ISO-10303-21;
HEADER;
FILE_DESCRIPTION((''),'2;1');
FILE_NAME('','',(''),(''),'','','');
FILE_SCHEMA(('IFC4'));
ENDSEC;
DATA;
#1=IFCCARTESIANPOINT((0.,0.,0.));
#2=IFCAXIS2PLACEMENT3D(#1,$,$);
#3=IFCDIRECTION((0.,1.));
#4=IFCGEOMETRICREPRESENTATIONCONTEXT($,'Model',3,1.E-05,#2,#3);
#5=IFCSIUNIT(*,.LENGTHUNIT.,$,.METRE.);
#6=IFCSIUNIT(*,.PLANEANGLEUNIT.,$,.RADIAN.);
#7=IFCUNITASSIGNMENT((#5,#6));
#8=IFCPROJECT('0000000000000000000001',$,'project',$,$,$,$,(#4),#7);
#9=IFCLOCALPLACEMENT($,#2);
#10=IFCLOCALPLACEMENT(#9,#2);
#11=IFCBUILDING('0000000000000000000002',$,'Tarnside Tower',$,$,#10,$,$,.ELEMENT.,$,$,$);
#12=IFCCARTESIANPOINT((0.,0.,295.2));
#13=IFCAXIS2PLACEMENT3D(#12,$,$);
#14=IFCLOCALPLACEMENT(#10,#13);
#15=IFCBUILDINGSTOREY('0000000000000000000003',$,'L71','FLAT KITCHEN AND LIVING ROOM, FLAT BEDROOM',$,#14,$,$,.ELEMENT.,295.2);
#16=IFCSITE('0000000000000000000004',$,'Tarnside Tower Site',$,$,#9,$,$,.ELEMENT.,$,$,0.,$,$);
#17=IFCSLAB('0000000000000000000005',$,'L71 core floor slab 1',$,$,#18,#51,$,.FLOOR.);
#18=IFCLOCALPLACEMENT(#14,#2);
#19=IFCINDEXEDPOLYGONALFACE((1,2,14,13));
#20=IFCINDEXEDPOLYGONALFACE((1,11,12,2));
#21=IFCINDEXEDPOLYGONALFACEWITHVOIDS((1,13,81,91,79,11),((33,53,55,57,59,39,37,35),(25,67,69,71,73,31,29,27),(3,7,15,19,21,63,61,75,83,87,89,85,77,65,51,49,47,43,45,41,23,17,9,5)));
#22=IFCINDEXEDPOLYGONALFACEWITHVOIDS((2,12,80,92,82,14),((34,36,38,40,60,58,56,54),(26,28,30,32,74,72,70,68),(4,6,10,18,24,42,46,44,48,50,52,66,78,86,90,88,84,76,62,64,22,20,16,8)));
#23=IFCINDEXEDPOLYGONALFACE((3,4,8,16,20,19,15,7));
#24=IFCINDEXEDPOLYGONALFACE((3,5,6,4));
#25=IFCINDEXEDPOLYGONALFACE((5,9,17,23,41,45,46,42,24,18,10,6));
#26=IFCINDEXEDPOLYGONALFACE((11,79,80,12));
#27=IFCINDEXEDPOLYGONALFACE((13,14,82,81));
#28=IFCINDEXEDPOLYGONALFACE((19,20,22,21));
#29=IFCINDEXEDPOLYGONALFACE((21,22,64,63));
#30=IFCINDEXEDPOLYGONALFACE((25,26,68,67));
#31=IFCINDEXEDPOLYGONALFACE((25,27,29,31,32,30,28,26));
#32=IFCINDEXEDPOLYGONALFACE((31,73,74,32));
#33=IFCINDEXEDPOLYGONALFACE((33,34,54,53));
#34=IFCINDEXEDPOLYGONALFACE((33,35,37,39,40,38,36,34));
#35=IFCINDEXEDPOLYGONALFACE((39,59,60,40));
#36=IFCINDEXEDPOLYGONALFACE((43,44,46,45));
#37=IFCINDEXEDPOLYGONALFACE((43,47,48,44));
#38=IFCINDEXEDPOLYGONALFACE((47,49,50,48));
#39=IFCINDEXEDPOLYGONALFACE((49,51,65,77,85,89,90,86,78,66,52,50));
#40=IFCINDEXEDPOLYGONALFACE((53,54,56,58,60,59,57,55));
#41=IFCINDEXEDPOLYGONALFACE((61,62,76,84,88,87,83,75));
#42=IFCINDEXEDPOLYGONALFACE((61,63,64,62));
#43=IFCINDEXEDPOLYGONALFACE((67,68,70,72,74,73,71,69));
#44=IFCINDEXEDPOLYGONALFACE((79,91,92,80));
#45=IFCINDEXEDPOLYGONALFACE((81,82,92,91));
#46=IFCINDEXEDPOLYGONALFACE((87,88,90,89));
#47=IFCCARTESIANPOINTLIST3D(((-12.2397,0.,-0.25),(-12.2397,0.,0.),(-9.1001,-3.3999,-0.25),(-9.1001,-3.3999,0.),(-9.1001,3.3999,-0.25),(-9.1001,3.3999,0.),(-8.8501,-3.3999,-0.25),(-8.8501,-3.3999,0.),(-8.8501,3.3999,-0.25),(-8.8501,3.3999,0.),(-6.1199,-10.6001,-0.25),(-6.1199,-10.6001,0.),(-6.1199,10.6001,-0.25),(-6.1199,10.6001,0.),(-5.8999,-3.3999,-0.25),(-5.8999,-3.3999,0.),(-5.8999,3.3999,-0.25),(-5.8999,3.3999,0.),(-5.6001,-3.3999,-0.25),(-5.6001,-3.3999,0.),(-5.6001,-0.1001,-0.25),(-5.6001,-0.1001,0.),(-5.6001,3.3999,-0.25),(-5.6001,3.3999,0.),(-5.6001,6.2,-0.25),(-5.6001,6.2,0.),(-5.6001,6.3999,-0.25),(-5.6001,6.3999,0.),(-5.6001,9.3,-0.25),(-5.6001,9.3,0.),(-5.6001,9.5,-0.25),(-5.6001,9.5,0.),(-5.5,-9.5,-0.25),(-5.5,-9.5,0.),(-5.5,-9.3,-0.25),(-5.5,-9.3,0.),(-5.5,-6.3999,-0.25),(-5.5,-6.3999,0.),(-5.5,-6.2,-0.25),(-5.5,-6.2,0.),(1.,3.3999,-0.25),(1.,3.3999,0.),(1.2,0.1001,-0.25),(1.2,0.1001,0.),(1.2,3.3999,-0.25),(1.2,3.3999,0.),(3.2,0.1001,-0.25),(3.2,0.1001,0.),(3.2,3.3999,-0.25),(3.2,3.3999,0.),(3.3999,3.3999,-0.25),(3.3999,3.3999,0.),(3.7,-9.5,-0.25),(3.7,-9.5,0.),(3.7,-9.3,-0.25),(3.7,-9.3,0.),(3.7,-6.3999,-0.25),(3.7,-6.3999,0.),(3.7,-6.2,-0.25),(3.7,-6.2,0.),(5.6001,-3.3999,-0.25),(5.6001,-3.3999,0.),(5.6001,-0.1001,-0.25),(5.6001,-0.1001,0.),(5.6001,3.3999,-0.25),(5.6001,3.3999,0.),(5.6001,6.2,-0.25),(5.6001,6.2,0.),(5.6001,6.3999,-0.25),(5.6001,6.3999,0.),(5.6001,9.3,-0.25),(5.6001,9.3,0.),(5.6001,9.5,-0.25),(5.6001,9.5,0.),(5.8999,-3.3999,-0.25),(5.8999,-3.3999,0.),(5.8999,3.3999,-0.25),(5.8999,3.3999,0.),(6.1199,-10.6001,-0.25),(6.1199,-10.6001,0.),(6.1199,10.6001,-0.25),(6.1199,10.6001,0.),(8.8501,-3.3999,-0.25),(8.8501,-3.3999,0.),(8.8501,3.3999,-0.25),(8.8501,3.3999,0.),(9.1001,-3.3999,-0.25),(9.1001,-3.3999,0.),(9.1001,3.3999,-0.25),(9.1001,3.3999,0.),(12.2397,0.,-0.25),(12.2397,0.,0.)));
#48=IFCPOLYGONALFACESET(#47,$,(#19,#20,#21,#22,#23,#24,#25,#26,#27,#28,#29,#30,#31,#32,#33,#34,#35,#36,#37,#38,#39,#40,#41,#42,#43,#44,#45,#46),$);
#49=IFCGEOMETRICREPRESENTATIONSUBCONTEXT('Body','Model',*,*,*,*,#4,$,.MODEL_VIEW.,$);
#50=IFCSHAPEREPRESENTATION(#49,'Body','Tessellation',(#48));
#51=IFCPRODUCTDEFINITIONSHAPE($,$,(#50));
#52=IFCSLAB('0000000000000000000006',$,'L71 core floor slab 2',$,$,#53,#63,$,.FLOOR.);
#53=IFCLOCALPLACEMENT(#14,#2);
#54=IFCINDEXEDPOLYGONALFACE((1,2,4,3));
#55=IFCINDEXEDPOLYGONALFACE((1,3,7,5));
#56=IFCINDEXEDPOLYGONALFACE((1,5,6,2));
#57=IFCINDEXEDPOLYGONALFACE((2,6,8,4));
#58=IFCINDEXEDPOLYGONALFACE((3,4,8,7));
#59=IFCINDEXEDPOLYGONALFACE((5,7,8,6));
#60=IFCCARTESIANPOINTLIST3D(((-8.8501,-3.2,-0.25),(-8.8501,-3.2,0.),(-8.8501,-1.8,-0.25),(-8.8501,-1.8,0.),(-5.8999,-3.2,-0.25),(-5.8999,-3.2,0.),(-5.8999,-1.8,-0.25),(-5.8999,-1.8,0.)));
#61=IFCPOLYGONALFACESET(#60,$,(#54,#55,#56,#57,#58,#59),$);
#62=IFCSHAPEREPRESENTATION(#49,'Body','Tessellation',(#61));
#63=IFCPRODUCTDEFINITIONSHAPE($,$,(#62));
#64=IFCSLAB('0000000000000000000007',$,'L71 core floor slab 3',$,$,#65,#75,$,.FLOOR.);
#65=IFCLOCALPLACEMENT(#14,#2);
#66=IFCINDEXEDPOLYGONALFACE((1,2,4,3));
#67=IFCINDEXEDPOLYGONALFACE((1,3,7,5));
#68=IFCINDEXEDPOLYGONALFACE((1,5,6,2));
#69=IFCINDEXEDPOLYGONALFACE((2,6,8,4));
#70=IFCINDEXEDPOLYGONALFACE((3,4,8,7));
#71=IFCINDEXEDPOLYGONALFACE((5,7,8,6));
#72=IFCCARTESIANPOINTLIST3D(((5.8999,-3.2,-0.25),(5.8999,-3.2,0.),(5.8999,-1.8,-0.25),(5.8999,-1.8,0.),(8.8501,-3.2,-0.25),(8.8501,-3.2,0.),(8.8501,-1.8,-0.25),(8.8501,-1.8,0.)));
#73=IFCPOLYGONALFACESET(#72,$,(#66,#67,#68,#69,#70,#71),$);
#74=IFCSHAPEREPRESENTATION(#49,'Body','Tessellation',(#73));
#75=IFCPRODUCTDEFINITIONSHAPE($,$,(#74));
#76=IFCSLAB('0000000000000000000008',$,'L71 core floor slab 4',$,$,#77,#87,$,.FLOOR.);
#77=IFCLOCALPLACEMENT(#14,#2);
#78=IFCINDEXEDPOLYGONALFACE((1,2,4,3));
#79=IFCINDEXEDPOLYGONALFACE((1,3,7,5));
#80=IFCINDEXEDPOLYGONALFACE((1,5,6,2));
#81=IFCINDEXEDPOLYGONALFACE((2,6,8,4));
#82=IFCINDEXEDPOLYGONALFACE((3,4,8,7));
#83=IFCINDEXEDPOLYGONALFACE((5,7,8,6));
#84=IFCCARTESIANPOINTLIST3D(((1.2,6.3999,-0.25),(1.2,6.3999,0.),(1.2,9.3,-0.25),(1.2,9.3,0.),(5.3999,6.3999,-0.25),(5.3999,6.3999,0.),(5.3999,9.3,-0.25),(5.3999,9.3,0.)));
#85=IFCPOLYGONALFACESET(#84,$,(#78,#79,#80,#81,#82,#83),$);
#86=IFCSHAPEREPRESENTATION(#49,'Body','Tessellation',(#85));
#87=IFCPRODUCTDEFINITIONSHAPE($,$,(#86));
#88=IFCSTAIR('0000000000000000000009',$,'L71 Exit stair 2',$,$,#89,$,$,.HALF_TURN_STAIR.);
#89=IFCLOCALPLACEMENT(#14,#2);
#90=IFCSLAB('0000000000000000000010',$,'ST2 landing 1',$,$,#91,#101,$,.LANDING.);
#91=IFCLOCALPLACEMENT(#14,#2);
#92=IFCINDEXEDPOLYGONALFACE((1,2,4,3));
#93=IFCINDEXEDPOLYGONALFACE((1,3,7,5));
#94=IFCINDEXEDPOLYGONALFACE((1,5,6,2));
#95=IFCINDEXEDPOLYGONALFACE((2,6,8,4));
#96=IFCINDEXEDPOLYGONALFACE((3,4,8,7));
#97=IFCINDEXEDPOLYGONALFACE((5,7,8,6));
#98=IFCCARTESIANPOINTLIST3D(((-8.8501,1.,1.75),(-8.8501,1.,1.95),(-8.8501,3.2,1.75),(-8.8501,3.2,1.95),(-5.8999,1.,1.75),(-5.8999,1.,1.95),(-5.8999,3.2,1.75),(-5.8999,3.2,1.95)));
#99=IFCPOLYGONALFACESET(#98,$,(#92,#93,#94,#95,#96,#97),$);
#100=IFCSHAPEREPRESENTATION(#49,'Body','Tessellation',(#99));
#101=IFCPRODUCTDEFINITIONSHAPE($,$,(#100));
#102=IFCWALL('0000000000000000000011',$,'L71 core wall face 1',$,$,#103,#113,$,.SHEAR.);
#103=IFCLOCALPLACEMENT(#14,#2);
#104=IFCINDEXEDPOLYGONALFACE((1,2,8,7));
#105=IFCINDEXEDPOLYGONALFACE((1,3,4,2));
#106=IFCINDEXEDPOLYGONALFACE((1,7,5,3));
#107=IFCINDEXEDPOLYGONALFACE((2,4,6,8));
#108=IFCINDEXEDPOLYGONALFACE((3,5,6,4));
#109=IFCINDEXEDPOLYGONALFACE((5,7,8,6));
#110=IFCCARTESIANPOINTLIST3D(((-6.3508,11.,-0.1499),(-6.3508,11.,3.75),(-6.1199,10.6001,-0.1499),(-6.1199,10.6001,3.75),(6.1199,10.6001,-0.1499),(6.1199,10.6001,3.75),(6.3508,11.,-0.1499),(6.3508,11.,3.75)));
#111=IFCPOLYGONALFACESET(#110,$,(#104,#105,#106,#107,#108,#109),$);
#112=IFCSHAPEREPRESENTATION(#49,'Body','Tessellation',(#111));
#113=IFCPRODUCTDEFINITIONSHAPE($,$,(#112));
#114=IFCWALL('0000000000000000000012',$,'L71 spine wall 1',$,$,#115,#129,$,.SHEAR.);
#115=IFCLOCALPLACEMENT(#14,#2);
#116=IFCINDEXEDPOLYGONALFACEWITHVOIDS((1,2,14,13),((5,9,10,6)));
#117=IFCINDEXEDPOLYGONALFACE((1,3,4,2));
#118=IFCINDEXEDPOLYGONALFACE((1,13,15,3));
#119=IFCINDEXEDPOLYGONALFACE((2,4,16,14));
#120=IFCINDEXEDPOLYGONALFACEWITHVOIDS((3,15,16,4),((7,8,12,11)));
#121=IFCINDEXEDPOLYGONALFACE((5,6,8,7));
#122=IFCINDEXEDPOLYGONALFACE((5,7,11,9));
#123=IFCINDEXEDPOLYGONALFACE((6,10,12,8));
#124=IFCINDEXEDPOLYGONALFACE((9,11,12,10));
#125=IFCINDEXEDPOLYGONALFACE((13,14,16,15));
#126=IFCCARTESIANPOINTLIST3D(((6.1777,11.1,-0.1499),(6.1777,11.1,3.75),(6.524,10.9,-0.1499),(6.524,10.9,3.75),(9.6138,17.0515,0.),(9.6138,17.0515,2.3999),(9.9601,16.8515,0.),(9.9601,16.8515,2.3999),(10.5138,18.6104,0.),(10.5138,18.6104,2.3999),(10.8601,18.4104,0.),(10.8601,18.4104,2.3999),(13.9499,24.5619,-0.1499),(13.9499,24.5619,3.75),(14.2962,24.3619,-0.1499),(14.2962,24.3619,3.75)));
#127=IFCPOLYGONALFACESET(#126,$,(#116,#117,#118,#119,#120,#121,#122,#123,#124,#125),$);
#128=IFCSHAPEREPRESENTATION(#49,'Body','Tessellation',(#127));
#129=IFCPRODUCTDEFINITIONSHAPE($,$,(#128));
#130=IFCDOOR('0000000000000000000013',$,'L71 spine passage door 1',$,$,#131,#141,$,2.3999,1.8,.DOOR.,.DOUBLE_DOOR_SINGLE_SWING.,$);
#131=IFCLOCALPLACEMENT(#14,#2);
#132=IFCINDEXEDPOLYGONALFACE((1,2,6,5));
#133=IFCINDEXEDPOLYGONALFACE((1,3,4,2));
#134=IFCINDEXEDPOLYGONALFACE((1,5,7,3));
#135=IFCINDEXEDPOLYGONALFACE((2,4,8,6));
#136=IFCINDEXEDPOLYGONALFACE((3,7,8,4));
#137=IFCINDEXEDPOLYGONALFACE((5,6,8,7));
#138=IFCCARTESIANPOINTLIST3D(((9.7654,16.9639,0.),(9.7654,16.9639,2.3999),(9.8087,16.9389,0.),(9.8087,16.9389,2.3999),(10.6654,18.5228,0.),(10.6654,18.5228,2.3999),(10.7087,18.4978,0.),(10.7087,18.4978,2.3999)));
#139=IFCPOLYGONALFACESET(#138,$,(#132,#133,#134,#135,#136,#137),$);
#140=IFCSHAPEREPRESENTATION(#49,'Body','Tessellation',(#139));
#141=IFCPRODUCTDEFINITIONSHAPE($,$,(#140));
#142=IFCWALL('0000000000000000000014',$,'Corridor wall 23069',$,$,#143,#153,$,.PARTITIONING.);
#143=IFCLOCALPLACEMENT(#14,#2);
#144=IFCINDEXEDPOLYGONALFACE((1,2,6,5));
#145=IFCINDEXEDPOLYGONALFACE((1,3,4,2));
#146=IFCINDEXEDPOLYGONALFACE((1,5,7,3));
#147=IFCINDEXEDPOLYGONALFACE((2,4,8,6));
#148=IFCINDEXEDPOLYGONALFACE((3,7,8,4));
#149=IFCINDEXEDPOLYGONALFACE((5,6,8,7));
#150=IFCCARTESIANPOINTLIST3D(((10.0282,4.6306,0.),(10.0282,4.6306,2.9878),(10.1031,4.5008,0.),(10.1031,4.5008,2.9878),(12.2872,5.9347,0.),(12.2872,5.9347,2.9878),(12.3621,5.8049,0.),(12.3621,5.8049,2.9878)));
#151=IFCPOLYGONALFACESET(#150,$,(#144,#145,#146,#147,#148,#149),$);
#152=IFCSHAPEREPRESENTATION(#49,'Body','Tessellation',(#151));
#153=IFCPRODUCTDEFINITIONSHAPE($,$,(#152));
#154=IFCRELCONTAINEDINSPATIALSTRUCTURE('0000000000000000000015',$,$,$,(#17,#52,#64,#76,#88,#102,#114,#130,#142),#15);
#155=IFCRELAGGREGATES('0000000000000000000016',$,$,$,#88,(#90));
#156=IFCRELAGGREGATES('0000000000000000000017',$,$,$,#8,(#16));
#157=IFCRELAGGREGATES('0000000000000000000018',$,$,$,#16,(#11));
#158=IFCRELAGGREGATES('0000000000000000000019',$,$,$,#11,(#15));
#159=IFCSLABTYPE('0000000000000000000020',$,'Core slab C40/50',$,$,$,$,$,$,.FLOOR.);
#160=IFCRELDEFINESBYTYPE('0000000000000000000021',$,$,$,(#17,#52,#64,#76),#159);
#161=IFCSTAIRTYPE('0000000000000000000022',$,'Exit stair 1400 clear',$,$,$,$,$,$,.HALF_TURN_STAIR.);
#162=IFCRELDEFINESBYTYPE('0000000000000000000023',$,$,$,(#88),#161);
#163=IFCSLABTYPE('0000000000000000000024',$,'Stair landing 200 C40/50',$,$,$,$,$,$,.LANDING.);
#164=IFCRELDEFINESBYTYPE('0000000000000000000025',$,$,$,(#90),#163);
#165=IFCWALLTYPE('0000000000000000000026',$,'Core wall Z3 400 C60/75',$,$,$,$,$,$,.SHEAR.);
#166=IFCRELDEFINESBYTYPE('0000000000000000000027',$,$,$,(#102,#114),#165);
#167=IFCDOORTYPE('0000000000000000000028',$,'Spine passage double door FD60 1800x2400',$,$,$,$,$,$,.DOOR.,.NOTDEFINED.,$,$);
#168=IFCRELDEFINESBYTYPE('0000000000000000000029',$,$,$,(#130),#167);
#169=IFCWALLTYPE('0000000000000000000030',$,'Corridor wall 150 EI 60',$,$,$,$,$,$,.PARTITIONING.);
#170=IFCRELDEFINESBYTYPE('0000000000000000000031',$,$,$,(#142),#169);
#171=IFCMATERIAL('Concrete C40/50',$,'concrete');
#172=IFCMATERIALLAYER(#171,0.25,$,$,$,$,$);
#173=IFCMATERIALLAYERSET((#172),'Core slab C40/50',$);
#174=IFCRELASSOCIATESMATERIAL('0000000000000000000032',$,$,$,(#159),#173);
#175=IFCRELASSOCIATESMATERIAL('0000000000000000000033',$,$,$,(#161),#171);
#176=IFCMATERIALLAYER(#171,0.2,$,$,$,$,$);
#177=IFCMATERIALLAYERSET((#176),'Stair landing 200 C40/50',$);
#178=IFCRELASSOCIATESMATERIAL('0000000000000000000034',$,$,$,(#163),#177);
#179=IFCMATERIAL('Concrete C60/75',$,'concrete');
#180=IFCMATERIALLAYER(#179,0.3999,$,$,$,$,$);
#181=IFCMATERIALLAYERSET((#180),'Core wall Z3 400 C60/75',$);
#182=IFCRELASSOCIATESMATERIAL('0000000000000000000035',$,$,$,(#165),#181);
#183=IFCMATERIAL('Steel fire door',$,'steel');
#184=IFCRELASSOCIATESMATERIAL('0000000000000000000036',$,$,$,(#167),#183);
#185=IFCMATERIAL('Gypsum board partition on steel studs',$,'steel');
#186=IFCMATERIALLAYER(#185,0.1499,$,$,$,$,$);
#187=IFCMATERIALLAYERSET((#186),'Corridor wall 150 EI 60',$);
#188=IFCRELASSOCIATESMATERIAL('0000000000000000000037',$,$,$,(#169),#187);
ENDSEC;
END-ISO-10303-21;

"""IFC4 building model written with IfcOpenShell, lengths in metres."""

from ifc_helpers import new_model, si_unit, direction, frame, frame_2d, origin, place, context, subcontext, project, spatial, polyline, rectangle, outline, extrude, material, layer, layer_set, type_object, element, fill, aggregate, save


model = new_model("IFC4")

# Units and contexts
model_context = context("Model", 3, precision=1e-05, world=origin(), true_north=direction((0.0, 1.0)))
body_context = subcontext(model_context, "Body", "Model", "MODEL_VIEW")
ifc_project = project(units=[si_unit("LENGTHUNIT", "METRE"), si_unit("PLANEANGLEUNIT", "RADIAN")], contexts=[model_context])

# Site, building, storey
site_placement = place(None, origin())
site = spatial("IfcSite", under=ifc_project, at=site_placement, Name="Tarnside Tower Site", CompositionType="ELEMENT", RefElevation=0.0)
building_placement = place(site_placement, origin())
building = spatial("IfcBuilding", under=site, at=building_placement, Name="Tarnside Tower", CompositionType="ELEMENT")
storey_placement = place(building_placement, frame((0.0, 0.0, 295.2)))
storey = spatial("IfcBuildingStorey", under=building, at=storey_placement, Name="L71", Description="FLAT KITCHEN AND LIVING ROOM, FLAT BEDROOM", CompositionType="ELEMENT", Elevation=295.2)

# Slabs
ifc_material_1 = material(Name="Concrete C40/50", Category="concrete")
ifc_layer_1 = layer(ifc_material_1, 0.25)
ifc_layer_set_1 = layer_set([ifc_layer_1], Name="Core slab C40/50")
slab_type_1 = type_object("IfcSlabType", Name="Core slab C40/50", PredefinedType="FLOOR", material=ifc_layer_set_1)
slab_1_placement = place(storey_placement, frame((0.0, 0.0, -0.25)))
element("IfcSlab", 1, at=slab_1_placement, inside=storey, type_object=slab_type_1, Name="L71 core floor slab 1", PredefinedType="FLOOR", context=body_context, shape_type="SweptSolid", body=[
    extrude(outline(polyline([(6.1199, 10.6001), (12.2397, 0.0), (6.1199, -10.6001), (-6.1199, -10.6001), (-12.2397, 0.0), (-6.1199, 10.6001), (6.1199, 10.6001)]), holes=[polyline([(-5.5, -9.5), (3.7, -9.5), (3.7, -9.3), (3.7, -6.3999), (3.7, -6.2), (-5.5, -6.2), (-5.5, -6.3999), (-5.5, -9.3), (-5.5, -9.5)]), polyline([(-5.6001, -3.3999), (-5.6001, -0.1001), (5.6001, -0.1001), (5.6001, -3.3999), (5.8999, -3.3999), (8.8501, -3.3999), (9.1001, -3.3999), (9.1001, 3.3999), (8.8501, 3.3999), (5.8999, 3.3999), (5.6001, 3.3999), (3.3999, 3.3999), (3.2, 3.3999), (3.2, 0.1001), (1.2, 0.1001), (1.2, 3.3999), (1.0, 3.3999), (-5.6001, 3.3999), (-5.8999, 3.3999), (-8.8501, 3.3999), (-9.1001, 3.3999), (-9.1001, -3.3999), (-8.8501, -3.3999), (-5.8999, -3.3999), (-5.6001, -3.3999)]), polyline([(-5.6001, 6.2), (5.6001, 6.2), (5.6001, 6.3999), (5.6001, 9.3), (5.6001, 9.5), (-5.6001, 9.5), (-5.6001, 9.3), (-5.6001, 6.3999), (-5.6001, 6.2)])]), origin(), (0.0, 0.0, 1.0), 0.25),
])
slab_2_placement = place(storey_placement, frame((0.0, 0.0, -0.25)))
element("IfcSlab", 2, at=slab_2_placement, inside=storey, type_object=slab_type_1, Name="L71 core floor slab 2", PredefinedType="FLOOR", context=body_context, shape_type="SweptSolid", body=[
    extrude(outline(polyline([(-8.8501, -3.2), (-8.8501, -1.8), (-5.8999, -1.8), (-5.8999, -3.2), (-8.8501, -3.2)])), origin(), (0.0, 0.0, 1.0), 0.25),
])
slab_3_placement = place(storey_placement, frame((0.0, 0.0, -0.25)))
element("IfcSlab", 3, at=slab_3_placement, inside=storey, type_object=slab_type_1, Name="L71 core floor slab 3", PredefinedType="FLOOR", context=body_context, shape_type="SweptSolid", body=[
    extrude(outline(polyline([(5.8999, -1.8), (8.8501, -1.8), (8.8501, -3.2), (5.8999, -3.2), (5.8999, -1.8)])), origin(), (0.0, 0.0, 1.0), 0.25),
])
slab_4_placement = place(storey_placement, frame((0.0, 0.0, -0.25)))
element("IfcSlab", 4, at=slab_4_placement, inside=storey, type_object=slab_type_1, Name="L71 core floor slab 4", PredefinedType="FLOOR", context=body_context, shape_type="SweptSolid", body=[
    extrude(outline(polyline([(5.3999, 6.3999), (1.2, 6.3999), (1.2, 9.3), (5.3999, 9.3), (5.3999, 6.3999)])), origin(), (0.0, 0.0, 1.0), 0.25),
])

# Stair, slab
stair_type = type_object("IfcStairType", Name="Exit stair 1400 clear", PredefinedType="HALF_TURN_STAIR", material=ifc_material_1)
stair_1_placement = place(storey_placement, origin())
stair_1 = element("IfcStair", 5, at=stair_1_placement, inside=storey, type_object=stair_type, Name="L71 Exit stair 2", PredefinedType="HALF_TURN_STAIR")
ifc_layer_2 = layer(ifc_material_1, 0.2)
ifc_layer_set_2 = layer_set([ifc_layer_2], Name="Stair landing 200 C40/50")
slab_type_2 = type_object("IfcSlabType", Name="Stair landing 200 C40/50", PredefinedType="LANDING", material=ifc_layer_set_2)
slab_5_placement = place(storey_placement, frame((0.0, 0.0, 1.75)))
slab_5 = element("IfcSlab", 6, at=slab_5_placement, type_object=slab_type_2, Name="ST2 landing 1", PredefinedType="LANDING", context=body_context, shape_type="SweptSolid", body=[
    extrude(outline(polyline([(-5.8999, 1.0), (-5.8999, 3.2), (-8.8501, 3.2), (-8.8501, 1.0), (-5.8999, 1.0)])), origin(), (0.0, 0.0, 1.0), 0.2),
])
aggregate(stair_1, [slab_5])

# Wall
ifc_material_2 = material(Name="Concrete C60/75", Category="concrete")
ifc_layer_3 = layer(ifc_material_2, 0.3999)
ifc_layer_set_3 = layer_set([ifc_layer_3], Name="Core wall Z3 400 C60/75")
wall_type_1 = type_object("IfcWallType", Name="Core wall Z3 400 C60/75", PredefinedType="SHEAR", material=ifc_layer_set_3)
wall_1_placement = place(storey_placement, frame((6.2354, 10.8, -0.1499), z_axis=(0.0, 0.0, 1.0), x_axis=(-1.0, 0.0, 0.0)))
element("IfcWall", 7, at=wall_1_placement, inside=storey, type_object=wall_type_1, Name="L71 core wall face 1", PredefinedType="SHEAR", context=body_context, shape_type="SweptSolid", body=[
    extrude(outline(polyline([(-0.1155, -0.2), (12.5862, -0.2), (12.3552, 0.2), (0.1155, 0.2), (-0.1155, -0.2)])), origin(), (0.0, 0.0, 1.0), 3.8999),
])

# Wall, opening, door
wall_2_placement = place(storey_placement, frame((6.3508, 11.0, -0.1499), z_axis=(0.0, 0.0, 1.0), x_axis=(0.499999, 0.866026, 0.0)))
wall_2 = element("IfcWall", 8, at=wall_2_placement, inside=storey, type_object=wall_type_1, Name="L71 spine wall 1", PredefinedType="SHEAR", context=body_context, shape_type="SweptSolid", body=[
    extrude(rectangle(XDim=15.5444, YDim=0.3999, at=frame_2d((7.7722, 0.0))), origin(), (0.0, 0.0, 1.0), 3.8999),
])
opening_1_placement = place(wall_2_placement, frame((6.8723, 0.0, 0.1499)))
opening_1 = element("IfcOpeningElement", 9, at=opening_1_placement, cuts=wall_2, PredefinedType="OPENING", context=body_context, shape_type="SweptSolid", body=[
    extrude(rectangle(XDim=1.8, YDim=2.3999, at=frame_2d((0.8999, 1.2))), frame((0.0, 0.21, 0.0), z_axis=(0.0, -1.0, 0.0), x_axis=(1.0, 0.0, 0.0)), (0.0, 0.0, 1.0), 0.4199),
])
ifc_material_3 = material(Name="Steel fire door", Category="steel")
door_type_1 = type_object("IfcDoorType", Name="Spine passage double door FD60 1800x2400", OperationType="NOTDEFINED", PredefinedType="DOOR", material=ifc_material_3)
door_1_placement = place(opening_1_placement, origin())
door_1 = element("IfcDoor", 10, at=door_1_placement, inside=storey, type_object=door_type_1, Name="L71 spine passage door 1", OperationType="DOUBLE_DOOR_SINGLE_SWING", OverallHeight=2.3999, OverallWidth=1.8, PredefinedType="DOOR", context=body_context, shape_type="SweptSolid", body=[
    extrude(rectangle(XDim=1.8, YDim=2.3999, at=frame_2d((0.8999, 1.2))), frame((0.0, 0.0249, 0.0), z_axis=(0.0, -1.0, 0.0), x_axis=(1.0, 0.0, 0.0)), (0.0, 0.0, 1.0), 0.05),
])
fill(opening_1, door_1)

# Wall
ifc_material_4 = material(Name="Gypsum board partition on steel studs", Category="steel")
ifc_layer_4 = layer(ifc_material_4, 0.1499)
ifc_layer_set_4 = layer_set([ifc_layer_4], Name="Corridor wall 150 EI 60")
wall_type_2 = type_object("IfcWallType", Name="Corridor wall 150 EI 60", PredefinedType="PARTITIONING", material=ifc_layer_set_4)
wall_3_placement = place(storey_placement, frame((10.0657, 4.5657, 0.0), z_axis=(0.0, 0.0, 1.0), x_axis=(0.866034, 0.499984, 0.0)))
element("IfcWall", 11, at=wall_3_placement, inside=storey, type_object=wall_type_2, Name="Corridor wall 23069", PredefinedType="PARTITIONING", context=body_context, shape_type="SweptSolid", body=[
    extrude(rectangle(XDim=2.6084, YDim=0.1499, at=frame_2d((1.3042, 0.0))), origin(), (0.0, 0.0, 1.0), 2.9878),
])

save(model, "model.ifc")
